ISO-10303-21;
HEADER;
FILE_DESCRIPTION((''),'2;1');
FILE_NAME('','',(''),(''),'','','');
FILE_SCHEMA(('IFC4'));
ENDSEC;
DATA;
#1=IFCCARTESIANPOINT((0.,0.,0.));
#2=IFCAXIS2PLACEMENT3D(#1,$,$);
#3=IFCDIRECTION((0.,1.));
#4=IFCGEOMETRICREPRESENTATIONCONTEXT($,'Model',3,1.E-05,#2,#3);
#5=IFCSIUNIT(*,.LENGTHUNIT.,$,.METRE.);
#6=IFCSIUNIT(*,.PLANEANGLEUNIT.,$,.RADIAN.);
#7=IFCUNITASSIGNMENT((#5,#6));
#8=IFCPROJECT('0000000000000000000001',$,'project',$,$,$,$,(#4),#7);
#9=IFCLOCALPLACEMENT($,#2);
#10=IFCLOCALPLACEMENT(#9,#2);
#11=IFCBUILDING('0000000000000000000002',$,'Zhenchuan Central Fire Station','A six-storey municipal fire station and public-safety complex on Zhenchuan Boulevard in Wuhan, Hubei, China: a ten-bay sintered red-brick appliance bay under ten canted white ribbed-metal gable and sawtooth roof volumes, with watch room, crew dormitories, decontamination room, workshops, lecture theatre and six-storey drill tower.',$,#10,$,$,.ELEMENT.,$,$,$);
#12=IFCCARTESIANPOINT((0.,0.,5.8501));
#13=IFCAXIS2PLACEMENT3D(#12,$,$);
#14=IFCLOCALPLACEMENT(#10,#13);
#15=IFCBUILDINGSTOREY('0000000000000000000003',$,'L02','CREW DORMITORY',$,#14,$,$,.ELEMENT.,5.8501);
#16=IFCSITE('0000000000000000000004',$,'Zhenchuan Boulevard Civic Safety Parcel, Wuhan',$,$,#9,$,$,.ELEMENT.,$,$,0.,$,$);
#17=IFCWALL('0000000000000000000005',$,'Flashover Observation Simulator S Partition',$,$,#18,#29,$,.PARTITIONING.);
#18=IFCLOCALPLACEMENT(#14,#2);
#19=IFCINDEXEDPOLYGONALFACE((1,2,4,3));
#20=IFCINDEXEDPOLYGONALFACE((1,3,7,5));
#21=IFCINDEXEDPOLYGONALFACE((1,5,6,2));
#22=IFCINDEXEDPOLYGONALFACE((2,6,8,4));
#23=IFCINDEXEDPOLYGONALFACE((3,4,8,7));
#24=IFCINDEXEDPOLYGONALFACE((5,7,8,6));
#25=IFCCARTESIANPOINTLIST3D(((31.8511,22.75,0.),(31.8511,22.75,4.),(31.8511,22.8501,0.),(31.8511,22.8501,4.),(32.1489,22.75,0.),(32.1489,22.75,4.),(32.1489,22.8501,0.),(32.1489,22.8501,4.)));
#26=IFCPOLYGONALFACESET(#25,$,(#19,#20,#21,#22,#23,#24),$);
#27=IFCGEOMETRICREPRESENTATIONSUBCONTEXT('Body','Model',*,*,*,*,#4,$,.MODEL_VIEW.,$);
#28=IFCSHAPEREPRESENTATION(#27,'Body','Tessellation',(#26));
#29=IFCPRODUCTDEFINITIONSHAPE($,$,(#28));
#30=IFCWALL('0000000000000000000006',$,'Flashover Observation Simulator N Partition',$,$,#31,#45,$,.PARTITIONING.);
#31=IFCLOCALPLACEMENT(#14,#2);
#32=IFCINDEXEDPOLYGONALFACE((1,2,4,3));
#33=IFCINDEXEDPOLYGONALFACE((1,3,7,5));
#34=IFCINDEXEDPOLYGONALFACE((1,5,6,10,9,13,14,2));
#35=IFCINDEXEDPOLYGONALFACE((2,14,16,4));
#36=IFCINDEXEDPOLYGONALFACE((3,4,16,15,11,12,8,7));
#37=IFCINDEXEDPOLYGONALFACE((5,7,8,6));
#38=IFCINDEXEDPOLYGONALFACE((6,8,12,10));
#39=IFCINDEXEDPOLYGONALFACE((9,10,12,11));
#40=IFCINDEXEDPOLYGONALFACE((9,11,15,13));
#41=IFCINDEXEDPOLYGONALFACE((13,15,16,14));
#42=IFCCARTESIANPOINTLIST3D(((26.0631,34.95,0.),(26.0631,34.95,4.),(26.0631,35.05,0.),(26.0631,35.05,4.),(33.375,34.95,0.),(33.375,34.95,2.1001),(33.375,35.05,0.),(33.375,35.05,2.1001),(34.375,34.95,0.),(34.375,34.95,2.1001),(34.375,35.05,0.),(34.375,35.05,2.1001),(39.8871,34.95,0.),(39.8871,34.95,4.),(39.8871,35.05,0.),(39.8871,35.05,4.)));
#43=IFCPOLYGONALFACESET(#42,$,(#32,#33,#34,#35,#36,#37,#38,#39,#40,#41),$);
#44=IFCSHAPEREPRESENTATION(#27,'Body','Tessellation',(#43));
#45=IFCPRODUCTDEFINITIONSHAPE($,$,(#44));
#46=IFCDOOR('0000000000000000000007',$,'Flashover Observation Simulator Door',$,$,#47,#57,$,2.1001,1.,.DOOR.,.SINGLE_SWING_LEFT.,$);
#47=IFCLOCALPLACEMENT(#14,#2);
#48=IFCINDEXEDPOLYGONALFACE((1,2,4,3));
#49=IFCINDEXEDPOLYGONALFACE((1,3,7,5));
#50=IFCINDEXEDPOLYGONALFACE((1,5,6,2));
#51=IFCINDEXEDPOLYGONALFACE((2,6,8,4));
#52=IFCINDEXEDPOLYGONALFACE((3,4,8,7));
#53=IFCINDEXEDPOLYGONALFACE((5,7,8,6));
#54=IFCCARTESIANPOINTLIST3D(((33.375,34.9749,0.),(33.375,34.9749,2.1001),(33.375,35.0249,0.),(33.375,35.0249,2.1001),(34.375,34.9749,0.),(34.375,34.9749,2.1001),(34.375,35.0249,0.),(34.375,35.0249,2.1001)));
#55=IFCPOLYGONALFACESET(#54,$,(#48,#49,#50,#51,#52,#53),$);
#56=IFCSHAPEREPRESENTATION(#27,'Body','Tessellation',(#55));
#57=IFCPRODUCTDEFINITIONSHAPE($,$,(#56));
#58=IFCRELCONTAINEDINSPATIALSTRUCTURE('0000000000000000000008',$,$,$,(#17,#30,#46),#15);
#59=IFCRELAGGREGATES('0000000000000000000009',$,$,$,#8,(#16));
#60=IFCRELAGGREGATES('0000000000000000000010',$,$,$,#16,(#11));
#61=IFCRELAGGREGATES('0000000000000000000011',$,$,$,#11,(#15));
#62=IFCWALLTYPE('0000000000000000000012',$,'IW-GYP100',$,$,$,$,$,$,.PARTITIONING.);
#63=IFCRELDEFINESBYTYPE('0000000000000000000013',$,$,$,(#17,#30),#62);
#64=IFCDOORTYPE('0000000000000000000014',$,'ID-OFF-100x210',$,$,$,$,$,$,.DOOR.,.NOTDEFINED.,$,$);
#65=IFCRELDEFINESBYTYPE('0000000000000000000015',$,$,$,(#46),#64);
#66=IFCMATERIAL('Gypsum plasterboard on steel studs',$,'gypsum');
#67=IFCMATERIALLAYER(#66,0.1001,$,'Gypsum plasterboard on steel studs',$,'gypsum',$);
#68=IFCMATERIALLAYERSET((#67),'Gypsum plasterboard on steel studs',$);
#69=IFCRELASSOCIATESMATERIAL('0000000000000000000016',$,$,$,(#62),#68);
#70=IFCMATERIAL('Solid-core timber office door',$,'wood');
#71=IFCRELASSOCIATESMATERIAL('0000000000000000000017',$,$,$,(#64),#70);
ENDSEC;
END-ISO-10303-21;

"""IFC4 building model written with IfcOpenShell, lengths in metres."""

from ifc_helpers import new_model, si_unit, direction, frame, frame_2d, origin, place, context, subcontext, project, spatial, rectangle, extrude, material, layer, layer_set, type_object, element, fill, save


model = new_model("IFC4")

# Units and contexts
model_context = context("Model", 3, precision=1e-05, world=origin(), true_north=direction((0.0, 1.0)))
body_context = subcontext(model_context, "Body", "Model", "MODEL_VIEW")
ifc_project = project(units=[si_unit("LENGTHUNIT", "METRE"), si_unit("PLANEANGLEUNIT", "RADIAN")], contexts=[model_context])

# Site, building, storey
site_placement = place(None, origin())
site = spatial("IfcSite", under=ifc_project, at=site_placement, Name="Zhenchuan Boulevard Civic Safety Parcel, Wuhan", CompositionType="ELEMENT", RefElevation=0.0)
building_placement = place(site_placement, origin())
building = spatial("IfcBuilding", under=site, at=building_placement, Name="Zhenchuan Central Fire Station", Description="A six-storey municipal fire station and public-safety complex on Zhenchuan Boulevard in Wuhan, Hubei, China: a ten-bay sintered red-brick appliance bay under ten canted white ribbed-metal gable and sawtooth roof volumes, with watch room, crew dormitories, decontamination room, workshops, lecture theatre and six-storey drill tower.", CompositionType="ELEMENT")
storey_placement = place(building_placement, frame((0.0, 0.0, 5.8501)))
storey = spatial("IfcBuildingStorey", under=building, at=storey_placement, Name="L02", Description="CREW DORMITORY", CompositionType="ELEMENT", Elevation=5.8501)

# Wall
ifc_material_1 = material(Name="Gypsum plasterboard on steel studs", Category="gypsum")
ifc_layer = layer(ifc_material_1, 0.1001, Name="Gypsum plasterboard on steel studs", Category="gypsum")
ifc_layer_set = layer_set([ifc_layer], Name="Gypsum plasterboard on steel studs")
wall_type = type_object("IfcWallType", Name="IW-GYP100", PredefinedType="PARTITIONING", material=ifc_layer_set)
wall_1_placement = place(storey_placement, frame((31.8511, 22.8, 0.0), z_axis=(0.0, 0.0, 1.0), x_axis=(1.0, 0.0, 0.0)))
element("IfcWall", 1, at=wall_1_placement, inside=storey, type_object=wall_type, Name="Flashover Observation Simulator S Partition", PredefinedType="PARTITIONING", context=body_context, shape_type="SweptSolid", body=[
    extrude(rectangle(XDim=0.2979, YDim=0.1001, at=frame_2d((0.1489, 0.0))), origin(), (0.0, 0.0, 1.0), 4.0),
])

# Wall, opening, door
wall_2_placement = place(storey_placement, frame((26.063, 35.0, 0.0), z_axis=(0.0, 0.0, 1.0), x_axis=(1.0, 0.0, 0.0)))
wall_2 = element("IfcWall", 2, at=wall_2_placement, inside=storey, type_object=wall_type, Name="Flashover Observation Simulator N Partition", PredefinedType="PARTITIONING", context=body_context, shape_type="SweptSolid", body=[
    extrude(rectangle(XDim=13.824, YDim=0.1001, at=frame_2d((6.9121, 0.0))), origin(), (0.0, 0.0, 1.0), 4.0),
])
opening_placement = place(wall_2_placement, frame((7.312, 0.0, 0.0)))
opening = element("IfcOpeningElement", 3, at=opening_placement, cuts=wall_2, PredefinedType="OPENING", context=body_context, shape_type="SweptSolid", body=[
    extrude(rectangle(XDim=1.0, YDim=2.1001, at=frame_2d((0.5, 1.05))), frame((0.0, 0.0601, 0.0), z_axis=(0.0, -1.0, 0.0), x_axis=(1.0, 0.0, 0.0)), (0.0, 0.0, 1.0), 0.1201),
])
ifc_material_2 = material(Name="Solid-core timber office door", Category="wood")
door_type = type_object("IfcDoorType", Name="ID-OFF-100x210", OperationType="NOTDEFINED", PredefinedType="DOOR", material=ifc_material_2)
door_placement = place(opening_placement, origin())
door = element("IfcDoor", 4, at=door_placement, inside=storey, type_object=door_type, Name="Flashover Observation Simulator Door", OperationType="SINGLE_SWING_LEFT", OverallHeight=2.1001, OverallWidth=1.0, PredefinedType="DOOR", context=body_context, shape_type="SweptSolid", body=[
    extrude(rectangle(XDim=1.0, YDim=2.1001, at=frame_2d((0.5, 1.05))), frame((0.0, 0.0249, 0.0), z_axis=(0.0, -1.0, 0.0), x_axis=(1.0, 0.0, 0.0)), (0.0, 0.0, 1.0), 0.05),
])
fill(opening, door)

save(model, "model.ifc")
